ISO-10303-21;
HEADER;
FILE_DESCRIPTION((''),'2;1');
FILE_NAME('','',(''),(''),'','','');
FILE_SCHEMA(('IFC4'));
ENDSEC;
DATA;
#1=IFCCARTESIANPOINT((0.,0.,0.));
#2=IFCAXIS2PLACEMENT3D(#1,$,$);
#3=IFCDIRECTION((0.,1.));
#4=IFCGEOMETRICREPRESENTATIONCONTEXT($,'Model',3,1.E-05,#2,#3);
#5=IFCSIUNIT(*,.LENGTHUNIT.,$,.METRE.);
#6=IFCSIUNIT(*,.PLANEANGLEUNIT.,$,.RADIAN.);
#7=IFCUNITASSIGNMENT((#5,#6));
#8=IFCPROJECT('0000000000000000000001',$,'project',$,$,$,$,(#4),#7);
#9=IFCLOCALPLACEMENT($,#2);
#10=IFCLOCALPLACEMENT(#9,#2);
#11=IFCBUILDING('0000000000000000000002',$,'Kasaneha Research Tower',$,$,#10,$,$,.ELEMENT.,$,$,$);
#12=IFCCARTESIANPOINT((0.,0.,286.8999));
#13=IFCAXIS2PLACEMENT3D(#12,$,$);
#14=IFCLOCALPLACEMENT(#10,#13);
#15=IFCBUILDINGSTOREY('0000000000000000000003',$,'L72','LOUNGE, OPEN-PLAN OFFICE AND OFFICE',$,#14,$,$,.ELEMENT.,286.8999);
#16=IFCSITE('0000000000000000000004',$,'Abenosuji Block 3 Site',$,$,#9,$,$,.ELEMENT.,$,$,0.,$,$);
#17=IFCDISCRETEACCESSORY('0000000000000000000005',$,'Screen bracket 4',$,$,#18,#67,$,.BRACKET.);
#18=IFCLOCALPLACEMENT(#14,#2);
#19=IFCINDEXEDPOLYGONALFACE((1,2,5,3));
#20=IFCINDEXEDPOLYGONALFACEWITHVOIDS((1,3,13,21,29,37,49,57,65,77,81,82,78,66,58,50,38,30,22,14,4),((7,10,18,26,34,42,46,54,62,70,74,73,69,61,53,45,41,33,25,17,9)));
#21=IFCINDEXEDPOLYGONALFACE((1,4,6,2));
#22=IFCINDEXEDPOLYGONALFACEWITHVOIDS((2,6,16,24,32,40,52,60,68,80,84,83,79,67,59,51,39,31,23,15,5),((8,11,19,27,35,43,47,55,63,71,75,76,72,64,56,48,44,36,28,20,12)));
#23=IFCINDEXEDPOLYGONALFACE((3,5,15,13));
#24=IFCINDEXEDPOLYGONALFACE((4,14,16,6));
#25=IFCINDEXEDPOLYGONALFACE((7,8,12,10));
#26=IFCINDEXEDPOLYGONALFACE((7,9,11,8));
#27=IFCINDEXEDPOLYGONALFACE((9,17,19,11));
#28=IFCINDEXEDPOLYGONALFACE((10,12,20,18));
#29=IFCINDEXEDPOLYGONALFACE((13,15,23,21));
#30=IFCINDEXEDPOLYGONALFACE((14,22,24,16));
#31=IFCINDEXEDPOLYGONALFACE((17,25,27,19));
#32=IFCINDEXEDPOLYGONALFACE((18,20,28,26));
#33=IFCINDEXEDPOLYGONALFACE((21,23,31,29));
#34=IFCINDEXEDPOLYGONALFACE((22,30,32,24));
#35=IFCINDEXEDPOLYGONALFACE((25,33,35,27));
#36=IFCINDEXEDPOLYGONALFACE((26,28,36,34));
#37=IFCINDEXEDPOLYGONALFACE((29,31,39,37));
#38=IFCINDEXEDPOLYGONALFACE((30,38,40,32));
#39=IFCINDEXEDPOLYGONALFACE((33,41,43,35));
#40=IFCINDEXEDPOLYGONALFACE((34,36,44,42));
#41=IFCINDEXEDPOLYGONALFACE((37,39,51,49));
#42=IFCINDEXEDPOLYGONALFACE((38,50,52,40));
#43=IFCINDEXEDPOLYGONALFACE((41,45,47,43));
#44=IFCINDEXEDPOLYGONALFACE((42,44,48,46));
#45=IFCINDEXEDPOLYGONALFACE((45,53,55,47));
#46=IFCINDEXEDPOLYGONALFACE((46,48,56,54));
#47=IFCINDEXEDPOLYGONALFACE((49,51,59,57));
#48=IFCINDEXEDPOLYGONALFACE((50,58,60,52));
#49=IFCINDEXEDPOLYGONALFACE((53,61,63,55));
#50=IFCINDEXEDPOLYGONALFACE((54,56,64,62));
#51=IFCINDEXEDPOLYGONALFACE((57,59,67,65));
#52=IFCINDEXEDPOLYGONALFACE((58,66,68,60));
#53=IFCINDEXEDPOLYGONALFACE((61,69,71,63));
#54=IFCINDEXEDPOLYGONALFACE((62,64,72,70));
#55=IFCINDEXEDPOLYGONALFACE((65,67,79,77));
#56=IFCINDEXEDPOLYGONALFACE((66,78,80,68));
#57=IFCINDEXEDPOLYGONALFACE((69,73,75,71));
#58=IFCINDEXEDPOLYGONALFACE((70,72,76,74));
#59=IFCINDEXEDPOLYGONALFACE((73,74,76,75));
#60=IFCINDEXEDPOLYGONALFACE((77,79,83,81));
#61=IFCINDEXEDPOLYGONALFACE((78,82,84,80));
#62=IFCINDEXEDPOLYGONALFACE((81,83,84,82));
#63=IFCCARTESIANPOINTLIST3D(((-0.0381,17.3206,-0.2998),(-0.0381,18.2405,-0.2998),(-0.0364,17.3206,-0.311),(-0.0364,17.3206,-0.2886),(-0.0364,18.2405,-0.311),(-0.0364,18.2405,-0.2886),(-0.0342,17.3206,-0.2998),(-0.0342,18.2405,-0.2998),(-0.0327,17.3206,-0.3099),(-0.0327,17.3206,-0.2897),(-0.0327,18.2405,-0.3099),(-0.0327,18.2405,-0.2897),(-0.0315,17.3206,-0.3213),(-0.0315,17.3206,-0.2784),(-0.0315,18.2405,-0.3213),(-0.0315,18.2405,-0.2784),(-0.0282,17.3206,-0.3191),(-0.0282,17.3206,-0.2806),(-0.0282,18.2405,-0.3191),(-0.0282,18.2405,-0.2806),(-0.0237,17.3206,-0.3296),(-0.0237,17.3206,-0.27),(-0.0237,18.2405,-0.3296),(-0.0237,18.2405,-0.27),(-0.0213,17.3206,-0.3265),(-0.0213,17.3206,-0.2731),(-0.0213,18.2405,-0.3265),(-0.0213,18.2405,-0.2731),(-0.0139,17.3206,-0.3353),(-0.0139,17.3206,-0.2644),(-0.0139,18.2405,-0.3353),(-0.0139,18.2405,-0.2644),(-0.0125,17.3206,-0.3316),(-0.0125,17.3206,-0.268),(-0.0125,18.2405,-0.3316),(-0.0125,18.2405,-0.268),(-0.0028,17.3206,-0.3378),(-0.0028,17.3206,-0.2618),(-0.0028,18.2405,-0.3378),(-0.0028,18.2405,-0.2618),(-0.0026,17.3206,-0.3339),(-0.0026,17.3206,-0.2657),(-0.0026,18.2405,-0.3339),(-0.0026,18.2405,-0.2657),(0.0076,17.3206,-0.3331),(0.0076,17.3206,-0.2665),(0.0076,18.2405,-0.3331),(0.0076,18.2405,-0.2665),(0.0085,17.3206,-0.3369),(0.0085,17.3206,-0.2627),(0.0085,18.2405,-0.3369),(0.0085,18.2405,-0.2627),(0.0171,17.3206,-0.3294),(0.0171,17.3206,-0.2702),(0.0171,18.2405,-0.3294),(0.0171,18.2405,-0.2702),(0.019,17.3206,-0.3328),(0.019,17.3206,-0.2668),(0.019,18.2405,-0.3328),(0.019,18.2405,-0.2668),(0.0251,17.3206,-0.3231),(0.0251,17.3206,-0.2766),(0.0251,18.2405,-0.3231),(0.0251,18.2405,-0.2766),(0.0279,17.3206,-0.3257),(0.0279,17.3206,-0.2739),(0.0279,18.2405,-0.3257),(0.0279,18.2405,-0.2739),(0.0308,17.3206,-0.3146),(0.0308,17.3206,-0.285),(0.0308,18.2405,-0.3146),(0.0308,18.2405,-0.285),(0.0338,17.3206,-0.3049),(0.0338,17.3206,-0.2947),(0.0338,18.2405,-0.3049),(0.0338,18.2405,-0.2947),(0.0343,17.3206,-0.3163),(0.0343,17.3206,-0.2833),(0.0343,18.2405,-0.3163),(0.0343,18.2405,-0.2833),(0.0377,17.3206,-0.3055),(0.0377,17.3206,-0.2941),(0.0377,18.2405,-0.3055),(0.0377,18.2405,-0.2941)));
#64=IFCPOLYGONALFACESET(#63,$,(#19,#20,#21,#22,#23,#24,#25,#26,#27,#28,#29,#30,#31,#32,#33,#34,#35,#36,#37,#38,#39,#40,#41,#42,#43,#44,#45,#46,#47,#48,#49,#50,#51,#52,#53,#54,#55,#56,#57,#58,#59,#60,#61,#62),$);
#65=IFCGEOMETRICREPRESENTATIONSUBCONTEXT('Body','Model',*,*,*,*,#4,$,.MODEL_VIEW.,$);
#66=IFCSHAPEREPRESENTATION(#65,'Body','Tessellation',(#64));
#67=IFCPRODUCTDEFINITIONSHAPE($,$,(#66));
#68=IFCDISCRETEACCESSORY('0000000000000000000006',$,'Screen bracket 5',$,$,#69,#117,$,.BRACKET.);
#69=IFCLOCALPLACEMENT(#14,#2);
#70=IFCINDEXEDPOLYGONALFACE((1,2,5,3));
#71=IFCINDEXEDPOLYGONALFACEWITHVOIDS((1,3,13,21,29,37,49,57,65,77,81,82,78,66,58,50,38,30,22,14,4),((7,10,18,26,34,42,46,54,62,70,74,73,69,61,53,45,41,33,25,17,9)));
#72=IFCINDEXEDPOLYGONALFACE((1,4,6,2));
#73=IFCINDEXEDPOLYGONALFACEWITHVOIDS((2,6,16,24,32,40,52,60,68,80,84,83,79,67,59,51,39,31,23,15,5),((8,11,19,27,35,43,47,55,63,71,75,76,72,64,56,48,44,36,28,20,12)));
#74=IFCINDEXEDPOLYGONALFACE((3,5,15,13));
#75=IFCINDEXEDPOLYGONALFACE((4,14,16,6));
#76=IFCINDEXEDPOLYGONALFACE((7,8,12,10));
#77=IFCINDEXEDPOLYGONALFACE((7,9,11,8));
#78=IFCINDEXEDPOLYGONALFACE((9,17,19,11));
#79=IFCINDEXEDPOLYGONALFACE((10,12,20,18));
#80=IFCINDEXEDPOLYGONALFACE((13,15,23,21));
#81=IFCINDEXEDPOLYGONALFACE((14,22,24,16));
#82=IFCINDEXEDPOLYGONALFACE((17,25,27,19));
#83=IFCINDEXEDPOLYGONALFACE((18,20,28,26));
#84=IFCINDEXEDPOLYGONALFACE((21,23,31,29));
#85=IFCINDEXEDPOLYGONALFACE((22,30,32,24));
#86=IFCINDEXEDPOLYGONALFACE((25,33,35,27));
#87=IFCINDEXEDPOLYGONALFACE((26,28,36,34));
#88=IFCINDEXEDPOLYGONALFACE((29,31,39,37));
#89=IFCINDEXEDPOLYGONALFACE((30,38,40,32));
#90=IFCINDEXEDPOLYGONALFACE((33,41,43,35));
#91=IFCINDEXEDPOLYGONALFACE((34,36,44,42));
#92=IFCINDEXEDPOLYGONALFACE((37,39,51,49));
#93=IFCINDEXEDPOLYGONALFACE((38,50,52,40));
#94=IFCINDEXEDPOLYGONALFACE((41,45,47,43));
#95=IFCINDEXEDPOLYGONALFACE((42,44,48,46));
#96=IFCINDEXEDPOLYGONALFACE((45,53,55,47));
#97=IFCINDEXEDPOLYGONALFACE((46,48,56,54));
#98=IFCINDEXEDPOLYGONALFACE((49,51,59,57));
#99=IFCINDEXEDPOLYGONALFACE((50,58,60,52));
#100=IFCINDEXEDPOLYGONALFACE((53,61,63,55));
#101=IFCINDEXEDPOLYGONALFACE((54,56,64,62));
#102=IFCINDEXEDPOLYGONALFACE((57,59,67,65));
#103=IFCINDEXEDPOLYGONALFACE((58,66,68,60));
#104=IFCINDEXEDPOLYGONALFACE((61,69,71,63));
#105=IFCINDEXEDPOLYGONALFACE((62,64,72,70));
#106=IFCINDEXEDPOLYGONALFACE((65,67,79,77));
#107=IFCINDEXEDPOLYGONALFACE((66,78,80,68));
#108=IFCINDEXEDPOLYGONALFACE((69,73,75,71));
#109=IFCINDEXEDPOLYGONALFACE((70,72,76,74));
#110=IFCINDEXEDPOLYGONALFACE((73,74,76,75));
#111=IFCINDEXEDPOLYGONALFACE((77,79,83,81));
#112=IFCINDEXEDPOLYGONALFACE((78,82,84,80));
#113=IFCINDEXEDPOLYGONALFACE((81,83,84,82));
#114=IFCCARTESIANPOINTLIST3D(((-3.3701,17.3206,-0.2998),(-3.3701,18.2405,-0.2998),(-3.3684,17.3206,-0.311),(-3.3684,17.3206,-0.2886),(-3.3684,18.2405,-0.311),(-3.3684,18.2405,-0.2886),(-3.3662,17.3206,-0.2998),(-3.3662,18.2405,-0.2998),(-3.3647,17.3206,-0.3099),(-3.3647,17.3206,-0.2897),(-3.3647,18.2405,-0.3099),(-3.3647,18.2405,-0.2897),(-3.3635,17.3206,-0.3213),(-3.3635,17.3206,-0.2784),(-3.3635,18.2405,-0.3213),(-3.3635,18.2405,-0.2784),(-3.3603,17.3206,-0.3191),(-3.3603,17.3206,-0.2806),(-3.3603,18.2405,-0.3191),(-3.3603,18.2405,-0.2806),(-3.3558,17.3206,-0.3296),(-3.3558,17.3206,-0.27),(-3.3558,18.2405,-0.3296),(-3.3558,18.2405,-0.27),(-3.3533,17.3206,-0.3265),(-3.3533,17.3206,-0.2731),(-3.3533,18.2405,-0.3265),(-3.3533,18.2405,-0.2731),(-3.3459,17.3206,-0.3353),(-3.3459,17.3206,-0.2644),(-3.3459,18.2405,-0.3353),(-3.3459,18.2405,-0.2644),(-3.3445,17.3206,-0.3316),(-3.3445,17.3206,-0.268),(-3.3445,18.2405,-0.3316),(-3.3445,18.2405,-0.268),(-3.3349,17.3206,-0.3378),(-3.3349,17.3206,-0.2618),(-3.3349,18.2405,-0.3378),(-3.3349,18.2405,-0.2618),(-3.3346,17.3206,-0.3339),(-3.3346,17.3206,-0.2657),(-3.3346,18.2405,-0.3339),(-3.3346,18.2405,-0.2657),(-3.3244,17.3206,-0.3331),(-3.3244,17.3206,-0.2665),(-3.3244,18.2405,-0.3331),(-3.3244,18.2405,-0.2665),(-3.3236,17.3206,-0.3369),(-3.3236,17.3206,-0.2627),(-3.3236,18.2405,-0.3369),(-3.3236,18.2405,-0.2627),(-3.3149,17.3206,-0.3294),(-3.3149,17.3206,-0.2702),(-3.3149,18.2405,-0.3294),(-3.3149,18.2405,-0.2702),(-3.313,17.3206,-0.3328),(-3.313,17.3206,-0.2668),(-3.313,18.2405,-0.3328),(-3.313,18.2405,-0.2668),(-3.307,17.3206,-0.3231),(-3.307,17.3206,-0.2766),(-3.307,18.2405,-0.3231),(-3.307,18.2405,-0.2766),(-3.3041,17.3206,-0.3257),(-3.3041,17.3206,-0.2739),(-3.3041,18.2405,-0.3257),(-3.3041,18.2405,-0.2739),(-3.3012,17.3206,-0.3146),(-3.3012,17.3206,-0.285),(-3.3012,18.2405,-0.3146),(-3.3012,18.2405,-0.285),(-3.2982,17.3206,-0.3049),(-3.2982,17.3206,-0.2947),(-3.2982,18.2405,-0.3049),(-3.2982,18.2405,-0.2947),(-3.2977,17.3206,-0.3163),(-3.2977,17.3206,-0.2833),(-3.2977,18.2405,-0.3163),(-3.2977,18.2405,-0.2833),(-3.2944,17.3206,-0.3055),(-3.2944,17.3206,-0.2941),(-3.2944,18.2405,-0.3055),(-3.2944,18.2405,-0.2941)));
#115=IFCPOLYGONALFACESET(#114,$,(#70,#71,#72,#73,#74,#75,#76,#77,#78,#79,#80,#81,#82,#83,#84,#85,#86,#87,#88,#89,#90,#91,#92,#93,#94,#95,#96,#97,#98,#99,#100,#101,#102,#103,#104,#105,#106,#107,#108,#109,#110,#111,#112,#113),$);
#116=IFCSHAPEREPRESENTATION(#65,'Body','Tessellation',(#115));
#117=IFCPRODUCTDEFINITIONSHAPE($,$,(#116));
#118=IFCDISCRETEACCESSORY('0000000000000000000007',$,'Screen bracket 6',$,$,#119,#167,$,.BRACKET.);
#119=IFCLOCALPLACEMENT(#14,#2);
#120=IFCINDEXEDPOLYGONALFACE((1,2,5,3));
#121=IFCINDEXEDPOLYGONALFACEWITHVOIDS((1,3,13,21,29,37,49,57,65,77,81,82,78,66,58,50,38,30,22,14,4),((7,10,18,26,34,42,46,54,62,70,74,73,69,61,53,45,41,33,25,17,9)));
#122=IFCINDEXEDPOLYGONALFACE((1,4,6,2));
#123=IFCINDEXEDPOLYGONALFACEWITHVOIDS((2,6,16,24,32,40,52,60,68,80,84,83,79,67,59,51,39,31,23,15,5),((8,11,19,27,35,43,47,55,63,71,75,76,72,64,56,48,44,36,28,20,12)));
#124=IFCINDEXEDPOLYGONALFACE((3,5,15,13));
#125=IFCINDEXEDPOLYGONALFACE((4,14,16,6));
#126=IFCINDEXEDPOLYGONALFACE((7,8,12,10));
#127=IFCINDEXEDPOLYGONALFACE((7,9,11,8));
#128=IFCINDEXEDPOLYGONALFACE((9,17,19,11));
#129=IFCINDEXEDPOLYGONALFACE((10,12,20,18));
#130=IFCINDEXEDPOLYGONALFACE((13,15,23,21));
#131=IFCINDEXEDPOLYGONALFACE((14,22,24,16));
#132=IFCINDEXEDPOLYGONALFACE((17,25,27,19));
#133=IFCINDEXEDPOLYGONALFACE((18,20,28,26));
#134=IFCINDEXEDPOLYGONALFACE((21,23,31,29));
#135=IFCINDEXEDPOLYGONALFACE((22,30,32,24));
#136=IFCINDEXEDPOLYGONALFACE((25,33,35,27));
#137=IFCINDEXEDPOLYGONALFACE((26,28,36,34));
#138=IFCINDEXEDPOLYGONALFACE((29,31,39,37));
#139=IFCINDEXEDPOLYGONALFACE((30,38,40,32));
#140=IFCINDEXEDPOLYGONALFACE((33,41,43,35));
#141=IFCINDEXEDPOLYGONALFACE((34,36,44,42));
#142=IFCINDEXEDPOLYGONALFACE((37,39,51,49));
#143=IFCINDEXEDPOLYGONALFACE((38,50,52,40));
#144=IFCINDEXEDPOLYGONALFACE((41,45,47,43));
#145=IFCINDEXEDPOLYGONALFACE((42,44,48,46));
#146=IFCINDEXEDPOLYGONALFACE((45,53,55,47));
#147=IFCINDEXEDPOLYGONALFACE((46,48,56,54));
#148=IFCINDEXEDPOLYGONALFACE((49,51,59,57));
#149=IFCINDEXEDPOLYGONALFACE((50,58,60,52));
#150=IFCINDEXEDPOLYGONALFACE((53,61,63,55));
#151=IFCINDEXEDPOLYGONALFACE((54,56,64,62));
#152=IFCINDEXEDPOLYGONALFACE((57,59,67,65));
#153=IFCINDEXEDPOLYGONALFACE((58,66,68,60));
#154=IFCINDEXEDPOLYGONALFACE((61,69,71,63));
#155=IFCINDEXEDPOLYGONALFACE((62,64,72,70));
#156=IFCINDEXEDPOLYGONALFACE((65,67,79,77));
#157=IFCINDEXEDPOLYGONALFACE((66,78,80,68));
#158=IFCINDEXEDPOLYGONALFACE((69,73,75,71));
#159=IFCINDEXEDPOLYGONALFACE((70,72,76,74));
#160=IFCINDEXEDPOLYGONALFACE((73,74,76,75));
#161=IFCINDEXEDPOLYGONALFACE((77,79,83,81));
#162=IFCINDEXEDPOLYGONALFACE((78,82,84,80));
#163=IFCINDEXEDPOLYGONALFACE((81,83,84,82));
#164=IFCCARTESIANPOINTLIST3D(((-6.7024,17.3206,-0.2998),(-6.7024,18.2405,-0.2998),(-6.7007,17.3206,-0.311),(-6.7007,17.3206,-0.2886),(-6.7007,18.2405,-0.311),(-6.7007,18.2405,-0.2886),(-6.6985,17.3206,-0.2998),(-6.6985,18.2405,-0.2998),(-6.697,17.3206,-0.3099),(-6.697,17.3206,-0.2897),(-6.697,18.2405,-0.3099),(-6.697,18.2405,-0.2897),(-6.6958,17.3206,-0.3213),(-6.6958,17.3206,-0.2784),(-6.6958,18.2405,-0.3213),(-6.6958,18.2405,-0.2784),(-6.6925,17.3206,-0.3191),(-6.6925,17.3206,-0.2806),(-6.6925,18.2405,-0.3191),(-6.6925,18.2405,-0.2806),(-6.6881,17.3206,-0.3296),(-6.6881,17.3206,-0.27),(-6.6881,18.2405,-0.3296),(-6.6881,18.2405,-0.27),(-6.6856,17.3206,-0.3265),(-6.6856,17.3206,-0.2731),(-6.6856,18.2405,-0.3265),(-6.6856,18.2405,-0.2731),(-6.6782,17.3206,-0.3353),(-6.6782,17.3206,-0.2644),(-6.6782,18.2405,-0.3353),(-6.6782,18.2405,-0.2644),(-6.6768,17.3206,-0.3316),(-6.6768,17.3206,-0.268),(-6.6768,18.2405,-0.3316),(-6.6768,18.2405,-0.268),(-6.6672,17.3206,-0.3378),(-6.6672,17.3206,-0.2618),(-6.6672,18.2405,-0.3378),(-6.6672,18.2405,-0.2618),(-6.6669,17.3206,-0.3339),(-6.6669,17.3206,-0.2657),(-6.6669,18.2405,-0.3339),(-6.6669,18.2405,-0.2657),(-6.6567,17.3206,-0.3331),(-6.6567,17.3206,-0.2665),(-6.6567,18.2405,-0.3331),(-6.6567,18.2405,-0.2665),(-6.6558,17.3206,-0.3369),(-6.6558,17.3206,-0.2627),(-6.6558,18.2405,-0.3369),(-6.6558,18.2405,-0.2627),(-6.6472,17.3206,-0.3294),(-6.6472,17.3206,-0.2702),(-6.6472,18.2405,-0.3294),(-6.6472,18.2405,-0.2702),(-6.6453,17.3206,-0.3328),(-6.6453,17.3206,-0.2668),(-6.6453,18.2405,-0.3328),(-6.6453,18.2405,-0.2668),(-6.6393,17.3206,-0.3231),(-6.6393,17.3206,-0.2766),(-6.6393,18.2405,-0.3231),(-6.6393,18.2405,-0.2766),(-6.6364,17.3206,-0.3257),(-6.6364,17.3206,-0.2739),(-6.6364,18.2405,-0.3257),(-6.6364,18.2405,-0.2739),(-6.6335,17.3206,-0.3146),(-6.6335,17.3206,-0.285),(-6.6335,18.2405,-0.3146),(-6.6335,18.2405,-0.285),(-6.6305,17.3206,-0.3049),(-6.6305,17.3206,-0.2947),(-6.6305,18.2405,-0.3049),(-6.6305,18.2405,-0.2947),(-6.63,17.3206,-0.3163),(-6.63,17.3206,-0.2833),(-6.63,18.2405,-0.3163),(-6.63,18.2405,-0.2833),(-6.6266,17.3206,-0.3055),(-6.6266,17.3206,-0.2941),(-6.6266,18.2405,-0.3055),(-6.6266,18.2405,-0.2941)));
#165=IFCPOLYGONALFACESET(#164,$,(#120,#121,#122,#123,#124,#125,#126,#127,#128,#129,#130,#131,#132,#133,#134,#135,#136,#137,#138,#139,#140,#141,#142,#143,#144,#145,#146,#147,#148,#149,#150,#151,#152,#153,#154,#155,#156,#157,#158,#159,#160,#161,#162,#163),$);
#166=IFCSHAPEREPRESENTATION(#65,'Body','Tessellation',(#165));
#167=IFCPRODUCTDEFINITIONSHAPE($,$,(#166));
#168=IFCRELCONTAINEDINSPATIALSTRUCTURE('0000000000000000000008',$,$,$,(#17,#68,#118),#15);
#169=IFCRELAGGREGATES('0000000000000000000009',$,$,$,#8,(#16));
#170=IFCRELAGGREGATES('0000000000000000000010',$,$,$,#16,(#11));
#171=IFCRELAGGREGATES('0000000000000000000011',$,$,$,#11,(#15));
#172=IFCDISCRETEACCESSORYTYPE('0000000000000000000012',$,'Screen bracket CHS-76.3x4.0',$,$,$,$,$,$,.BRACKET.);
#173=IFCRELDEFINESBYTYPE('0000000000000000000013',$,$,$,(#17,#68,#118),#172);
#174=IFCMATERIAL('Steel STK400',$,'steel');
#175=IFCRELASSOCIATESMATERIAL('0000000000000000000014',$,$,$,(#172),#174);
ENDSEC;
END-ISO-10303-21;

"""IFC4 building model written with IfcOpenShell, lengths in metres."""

from ifc_helpers import new_model, si_unit, direction, frame, origin, origin_2d, place, context, subcontext, project, spatial, hollow_circle, extrude, material, material_profile, profile_set, type_object, element, save


model = new_model("IFC4")

# Units and contexts
model_context = context("Model", 3, precision=1e-05, world=origin(), true_north=direction((0.0, 1.0)))
body_context = subcontext(model_context, "Body", "Model", "MODEL_VIEW")
ifc_project = project(units=[si_unit("LENGTHUNIT", "METRE"), si_unit("PLANEANGLEUNIT", "RADIAN")], contexts=[model_context])

# Site, building, storey
site_placement = place(None, origin())
site = spatial("IfcSite", under=ifc_project, at=site_placement, Name="Abenosuji Block 3 Site", CompositionType="ELEMENT", RefElevation=0.0)
building_placement = place(site_placement, origin())
building = spatial("IfcBuilding", under=site, at=building_placement, Name="Kasaneha Research Tower", CompositionType="ELEMENT")
storey_placement = place(building_placement, frame((0.0, 0.0, 286.8999)))
storey = spatial("IfcBuildingStorey", under=building, at=storey_placement, Name="L72", Description="LOUNGE, OPEN-PLAN OFFICE AND OFFICE", CompositionType="ELEMENT", Elevation=286.8999)

# Discrete accessories
ifc_material_1 = material(Name="Steel STK400", Category="steel")
ifc_material_profile_1 = material_profile(ifc_material_1, hollow_circle(Radius=0.0381, WallThickness=0.0039, at=origin_2d()), Name="CHS-76.3x4.0")
ifc_profile_set_1 = profile_set([ifc_material_profile_1], Name="Steel STK400")
discrete_accessory_type = type_object("IfcDiscreteAccessoryType", Name="Screen bracket CHS-76.3x4.0", PredefinedType="BRACKET", material=ifc_profile_set_1)
for number, where, z_axis, x_axis, name in (
    (1, (0.0, 17.3206, -0.2998), (0.0, 1.0, 0.0), (-1.0, 0.0, 0.0), "Screen bracket 4"),
    (2, (-3.332, 17.3206, -0.2998), (0.0, 1.0, 0.0), (-1.0, 0.0, 0.0), "Screen bracket 5"),
    (3, (-6.6643, 17.3206, -0.2998), (0.0, 1.0, 0.0), (-1.0, 0.0, 0.0), "Screen bracket 6"),
):
    element("IfcDiscreteAccessory", number, at=place(storey_placement, frame(where, z_axis=z_axis, x_axis=x_axis)), inside=storey, type_object=discrete_accessory_type, Name=name, PredefinedType="BRACKET", context=body_context, shape_type="SweptSolid", body=[
        extrude(hollow_circle(Radius=0.0381, WallThickness=0.0039, at=origin_2d()), origin(), (0.0, 0.0, 1.0), 0.9199),
    ])

save(model, "model.ifc")
